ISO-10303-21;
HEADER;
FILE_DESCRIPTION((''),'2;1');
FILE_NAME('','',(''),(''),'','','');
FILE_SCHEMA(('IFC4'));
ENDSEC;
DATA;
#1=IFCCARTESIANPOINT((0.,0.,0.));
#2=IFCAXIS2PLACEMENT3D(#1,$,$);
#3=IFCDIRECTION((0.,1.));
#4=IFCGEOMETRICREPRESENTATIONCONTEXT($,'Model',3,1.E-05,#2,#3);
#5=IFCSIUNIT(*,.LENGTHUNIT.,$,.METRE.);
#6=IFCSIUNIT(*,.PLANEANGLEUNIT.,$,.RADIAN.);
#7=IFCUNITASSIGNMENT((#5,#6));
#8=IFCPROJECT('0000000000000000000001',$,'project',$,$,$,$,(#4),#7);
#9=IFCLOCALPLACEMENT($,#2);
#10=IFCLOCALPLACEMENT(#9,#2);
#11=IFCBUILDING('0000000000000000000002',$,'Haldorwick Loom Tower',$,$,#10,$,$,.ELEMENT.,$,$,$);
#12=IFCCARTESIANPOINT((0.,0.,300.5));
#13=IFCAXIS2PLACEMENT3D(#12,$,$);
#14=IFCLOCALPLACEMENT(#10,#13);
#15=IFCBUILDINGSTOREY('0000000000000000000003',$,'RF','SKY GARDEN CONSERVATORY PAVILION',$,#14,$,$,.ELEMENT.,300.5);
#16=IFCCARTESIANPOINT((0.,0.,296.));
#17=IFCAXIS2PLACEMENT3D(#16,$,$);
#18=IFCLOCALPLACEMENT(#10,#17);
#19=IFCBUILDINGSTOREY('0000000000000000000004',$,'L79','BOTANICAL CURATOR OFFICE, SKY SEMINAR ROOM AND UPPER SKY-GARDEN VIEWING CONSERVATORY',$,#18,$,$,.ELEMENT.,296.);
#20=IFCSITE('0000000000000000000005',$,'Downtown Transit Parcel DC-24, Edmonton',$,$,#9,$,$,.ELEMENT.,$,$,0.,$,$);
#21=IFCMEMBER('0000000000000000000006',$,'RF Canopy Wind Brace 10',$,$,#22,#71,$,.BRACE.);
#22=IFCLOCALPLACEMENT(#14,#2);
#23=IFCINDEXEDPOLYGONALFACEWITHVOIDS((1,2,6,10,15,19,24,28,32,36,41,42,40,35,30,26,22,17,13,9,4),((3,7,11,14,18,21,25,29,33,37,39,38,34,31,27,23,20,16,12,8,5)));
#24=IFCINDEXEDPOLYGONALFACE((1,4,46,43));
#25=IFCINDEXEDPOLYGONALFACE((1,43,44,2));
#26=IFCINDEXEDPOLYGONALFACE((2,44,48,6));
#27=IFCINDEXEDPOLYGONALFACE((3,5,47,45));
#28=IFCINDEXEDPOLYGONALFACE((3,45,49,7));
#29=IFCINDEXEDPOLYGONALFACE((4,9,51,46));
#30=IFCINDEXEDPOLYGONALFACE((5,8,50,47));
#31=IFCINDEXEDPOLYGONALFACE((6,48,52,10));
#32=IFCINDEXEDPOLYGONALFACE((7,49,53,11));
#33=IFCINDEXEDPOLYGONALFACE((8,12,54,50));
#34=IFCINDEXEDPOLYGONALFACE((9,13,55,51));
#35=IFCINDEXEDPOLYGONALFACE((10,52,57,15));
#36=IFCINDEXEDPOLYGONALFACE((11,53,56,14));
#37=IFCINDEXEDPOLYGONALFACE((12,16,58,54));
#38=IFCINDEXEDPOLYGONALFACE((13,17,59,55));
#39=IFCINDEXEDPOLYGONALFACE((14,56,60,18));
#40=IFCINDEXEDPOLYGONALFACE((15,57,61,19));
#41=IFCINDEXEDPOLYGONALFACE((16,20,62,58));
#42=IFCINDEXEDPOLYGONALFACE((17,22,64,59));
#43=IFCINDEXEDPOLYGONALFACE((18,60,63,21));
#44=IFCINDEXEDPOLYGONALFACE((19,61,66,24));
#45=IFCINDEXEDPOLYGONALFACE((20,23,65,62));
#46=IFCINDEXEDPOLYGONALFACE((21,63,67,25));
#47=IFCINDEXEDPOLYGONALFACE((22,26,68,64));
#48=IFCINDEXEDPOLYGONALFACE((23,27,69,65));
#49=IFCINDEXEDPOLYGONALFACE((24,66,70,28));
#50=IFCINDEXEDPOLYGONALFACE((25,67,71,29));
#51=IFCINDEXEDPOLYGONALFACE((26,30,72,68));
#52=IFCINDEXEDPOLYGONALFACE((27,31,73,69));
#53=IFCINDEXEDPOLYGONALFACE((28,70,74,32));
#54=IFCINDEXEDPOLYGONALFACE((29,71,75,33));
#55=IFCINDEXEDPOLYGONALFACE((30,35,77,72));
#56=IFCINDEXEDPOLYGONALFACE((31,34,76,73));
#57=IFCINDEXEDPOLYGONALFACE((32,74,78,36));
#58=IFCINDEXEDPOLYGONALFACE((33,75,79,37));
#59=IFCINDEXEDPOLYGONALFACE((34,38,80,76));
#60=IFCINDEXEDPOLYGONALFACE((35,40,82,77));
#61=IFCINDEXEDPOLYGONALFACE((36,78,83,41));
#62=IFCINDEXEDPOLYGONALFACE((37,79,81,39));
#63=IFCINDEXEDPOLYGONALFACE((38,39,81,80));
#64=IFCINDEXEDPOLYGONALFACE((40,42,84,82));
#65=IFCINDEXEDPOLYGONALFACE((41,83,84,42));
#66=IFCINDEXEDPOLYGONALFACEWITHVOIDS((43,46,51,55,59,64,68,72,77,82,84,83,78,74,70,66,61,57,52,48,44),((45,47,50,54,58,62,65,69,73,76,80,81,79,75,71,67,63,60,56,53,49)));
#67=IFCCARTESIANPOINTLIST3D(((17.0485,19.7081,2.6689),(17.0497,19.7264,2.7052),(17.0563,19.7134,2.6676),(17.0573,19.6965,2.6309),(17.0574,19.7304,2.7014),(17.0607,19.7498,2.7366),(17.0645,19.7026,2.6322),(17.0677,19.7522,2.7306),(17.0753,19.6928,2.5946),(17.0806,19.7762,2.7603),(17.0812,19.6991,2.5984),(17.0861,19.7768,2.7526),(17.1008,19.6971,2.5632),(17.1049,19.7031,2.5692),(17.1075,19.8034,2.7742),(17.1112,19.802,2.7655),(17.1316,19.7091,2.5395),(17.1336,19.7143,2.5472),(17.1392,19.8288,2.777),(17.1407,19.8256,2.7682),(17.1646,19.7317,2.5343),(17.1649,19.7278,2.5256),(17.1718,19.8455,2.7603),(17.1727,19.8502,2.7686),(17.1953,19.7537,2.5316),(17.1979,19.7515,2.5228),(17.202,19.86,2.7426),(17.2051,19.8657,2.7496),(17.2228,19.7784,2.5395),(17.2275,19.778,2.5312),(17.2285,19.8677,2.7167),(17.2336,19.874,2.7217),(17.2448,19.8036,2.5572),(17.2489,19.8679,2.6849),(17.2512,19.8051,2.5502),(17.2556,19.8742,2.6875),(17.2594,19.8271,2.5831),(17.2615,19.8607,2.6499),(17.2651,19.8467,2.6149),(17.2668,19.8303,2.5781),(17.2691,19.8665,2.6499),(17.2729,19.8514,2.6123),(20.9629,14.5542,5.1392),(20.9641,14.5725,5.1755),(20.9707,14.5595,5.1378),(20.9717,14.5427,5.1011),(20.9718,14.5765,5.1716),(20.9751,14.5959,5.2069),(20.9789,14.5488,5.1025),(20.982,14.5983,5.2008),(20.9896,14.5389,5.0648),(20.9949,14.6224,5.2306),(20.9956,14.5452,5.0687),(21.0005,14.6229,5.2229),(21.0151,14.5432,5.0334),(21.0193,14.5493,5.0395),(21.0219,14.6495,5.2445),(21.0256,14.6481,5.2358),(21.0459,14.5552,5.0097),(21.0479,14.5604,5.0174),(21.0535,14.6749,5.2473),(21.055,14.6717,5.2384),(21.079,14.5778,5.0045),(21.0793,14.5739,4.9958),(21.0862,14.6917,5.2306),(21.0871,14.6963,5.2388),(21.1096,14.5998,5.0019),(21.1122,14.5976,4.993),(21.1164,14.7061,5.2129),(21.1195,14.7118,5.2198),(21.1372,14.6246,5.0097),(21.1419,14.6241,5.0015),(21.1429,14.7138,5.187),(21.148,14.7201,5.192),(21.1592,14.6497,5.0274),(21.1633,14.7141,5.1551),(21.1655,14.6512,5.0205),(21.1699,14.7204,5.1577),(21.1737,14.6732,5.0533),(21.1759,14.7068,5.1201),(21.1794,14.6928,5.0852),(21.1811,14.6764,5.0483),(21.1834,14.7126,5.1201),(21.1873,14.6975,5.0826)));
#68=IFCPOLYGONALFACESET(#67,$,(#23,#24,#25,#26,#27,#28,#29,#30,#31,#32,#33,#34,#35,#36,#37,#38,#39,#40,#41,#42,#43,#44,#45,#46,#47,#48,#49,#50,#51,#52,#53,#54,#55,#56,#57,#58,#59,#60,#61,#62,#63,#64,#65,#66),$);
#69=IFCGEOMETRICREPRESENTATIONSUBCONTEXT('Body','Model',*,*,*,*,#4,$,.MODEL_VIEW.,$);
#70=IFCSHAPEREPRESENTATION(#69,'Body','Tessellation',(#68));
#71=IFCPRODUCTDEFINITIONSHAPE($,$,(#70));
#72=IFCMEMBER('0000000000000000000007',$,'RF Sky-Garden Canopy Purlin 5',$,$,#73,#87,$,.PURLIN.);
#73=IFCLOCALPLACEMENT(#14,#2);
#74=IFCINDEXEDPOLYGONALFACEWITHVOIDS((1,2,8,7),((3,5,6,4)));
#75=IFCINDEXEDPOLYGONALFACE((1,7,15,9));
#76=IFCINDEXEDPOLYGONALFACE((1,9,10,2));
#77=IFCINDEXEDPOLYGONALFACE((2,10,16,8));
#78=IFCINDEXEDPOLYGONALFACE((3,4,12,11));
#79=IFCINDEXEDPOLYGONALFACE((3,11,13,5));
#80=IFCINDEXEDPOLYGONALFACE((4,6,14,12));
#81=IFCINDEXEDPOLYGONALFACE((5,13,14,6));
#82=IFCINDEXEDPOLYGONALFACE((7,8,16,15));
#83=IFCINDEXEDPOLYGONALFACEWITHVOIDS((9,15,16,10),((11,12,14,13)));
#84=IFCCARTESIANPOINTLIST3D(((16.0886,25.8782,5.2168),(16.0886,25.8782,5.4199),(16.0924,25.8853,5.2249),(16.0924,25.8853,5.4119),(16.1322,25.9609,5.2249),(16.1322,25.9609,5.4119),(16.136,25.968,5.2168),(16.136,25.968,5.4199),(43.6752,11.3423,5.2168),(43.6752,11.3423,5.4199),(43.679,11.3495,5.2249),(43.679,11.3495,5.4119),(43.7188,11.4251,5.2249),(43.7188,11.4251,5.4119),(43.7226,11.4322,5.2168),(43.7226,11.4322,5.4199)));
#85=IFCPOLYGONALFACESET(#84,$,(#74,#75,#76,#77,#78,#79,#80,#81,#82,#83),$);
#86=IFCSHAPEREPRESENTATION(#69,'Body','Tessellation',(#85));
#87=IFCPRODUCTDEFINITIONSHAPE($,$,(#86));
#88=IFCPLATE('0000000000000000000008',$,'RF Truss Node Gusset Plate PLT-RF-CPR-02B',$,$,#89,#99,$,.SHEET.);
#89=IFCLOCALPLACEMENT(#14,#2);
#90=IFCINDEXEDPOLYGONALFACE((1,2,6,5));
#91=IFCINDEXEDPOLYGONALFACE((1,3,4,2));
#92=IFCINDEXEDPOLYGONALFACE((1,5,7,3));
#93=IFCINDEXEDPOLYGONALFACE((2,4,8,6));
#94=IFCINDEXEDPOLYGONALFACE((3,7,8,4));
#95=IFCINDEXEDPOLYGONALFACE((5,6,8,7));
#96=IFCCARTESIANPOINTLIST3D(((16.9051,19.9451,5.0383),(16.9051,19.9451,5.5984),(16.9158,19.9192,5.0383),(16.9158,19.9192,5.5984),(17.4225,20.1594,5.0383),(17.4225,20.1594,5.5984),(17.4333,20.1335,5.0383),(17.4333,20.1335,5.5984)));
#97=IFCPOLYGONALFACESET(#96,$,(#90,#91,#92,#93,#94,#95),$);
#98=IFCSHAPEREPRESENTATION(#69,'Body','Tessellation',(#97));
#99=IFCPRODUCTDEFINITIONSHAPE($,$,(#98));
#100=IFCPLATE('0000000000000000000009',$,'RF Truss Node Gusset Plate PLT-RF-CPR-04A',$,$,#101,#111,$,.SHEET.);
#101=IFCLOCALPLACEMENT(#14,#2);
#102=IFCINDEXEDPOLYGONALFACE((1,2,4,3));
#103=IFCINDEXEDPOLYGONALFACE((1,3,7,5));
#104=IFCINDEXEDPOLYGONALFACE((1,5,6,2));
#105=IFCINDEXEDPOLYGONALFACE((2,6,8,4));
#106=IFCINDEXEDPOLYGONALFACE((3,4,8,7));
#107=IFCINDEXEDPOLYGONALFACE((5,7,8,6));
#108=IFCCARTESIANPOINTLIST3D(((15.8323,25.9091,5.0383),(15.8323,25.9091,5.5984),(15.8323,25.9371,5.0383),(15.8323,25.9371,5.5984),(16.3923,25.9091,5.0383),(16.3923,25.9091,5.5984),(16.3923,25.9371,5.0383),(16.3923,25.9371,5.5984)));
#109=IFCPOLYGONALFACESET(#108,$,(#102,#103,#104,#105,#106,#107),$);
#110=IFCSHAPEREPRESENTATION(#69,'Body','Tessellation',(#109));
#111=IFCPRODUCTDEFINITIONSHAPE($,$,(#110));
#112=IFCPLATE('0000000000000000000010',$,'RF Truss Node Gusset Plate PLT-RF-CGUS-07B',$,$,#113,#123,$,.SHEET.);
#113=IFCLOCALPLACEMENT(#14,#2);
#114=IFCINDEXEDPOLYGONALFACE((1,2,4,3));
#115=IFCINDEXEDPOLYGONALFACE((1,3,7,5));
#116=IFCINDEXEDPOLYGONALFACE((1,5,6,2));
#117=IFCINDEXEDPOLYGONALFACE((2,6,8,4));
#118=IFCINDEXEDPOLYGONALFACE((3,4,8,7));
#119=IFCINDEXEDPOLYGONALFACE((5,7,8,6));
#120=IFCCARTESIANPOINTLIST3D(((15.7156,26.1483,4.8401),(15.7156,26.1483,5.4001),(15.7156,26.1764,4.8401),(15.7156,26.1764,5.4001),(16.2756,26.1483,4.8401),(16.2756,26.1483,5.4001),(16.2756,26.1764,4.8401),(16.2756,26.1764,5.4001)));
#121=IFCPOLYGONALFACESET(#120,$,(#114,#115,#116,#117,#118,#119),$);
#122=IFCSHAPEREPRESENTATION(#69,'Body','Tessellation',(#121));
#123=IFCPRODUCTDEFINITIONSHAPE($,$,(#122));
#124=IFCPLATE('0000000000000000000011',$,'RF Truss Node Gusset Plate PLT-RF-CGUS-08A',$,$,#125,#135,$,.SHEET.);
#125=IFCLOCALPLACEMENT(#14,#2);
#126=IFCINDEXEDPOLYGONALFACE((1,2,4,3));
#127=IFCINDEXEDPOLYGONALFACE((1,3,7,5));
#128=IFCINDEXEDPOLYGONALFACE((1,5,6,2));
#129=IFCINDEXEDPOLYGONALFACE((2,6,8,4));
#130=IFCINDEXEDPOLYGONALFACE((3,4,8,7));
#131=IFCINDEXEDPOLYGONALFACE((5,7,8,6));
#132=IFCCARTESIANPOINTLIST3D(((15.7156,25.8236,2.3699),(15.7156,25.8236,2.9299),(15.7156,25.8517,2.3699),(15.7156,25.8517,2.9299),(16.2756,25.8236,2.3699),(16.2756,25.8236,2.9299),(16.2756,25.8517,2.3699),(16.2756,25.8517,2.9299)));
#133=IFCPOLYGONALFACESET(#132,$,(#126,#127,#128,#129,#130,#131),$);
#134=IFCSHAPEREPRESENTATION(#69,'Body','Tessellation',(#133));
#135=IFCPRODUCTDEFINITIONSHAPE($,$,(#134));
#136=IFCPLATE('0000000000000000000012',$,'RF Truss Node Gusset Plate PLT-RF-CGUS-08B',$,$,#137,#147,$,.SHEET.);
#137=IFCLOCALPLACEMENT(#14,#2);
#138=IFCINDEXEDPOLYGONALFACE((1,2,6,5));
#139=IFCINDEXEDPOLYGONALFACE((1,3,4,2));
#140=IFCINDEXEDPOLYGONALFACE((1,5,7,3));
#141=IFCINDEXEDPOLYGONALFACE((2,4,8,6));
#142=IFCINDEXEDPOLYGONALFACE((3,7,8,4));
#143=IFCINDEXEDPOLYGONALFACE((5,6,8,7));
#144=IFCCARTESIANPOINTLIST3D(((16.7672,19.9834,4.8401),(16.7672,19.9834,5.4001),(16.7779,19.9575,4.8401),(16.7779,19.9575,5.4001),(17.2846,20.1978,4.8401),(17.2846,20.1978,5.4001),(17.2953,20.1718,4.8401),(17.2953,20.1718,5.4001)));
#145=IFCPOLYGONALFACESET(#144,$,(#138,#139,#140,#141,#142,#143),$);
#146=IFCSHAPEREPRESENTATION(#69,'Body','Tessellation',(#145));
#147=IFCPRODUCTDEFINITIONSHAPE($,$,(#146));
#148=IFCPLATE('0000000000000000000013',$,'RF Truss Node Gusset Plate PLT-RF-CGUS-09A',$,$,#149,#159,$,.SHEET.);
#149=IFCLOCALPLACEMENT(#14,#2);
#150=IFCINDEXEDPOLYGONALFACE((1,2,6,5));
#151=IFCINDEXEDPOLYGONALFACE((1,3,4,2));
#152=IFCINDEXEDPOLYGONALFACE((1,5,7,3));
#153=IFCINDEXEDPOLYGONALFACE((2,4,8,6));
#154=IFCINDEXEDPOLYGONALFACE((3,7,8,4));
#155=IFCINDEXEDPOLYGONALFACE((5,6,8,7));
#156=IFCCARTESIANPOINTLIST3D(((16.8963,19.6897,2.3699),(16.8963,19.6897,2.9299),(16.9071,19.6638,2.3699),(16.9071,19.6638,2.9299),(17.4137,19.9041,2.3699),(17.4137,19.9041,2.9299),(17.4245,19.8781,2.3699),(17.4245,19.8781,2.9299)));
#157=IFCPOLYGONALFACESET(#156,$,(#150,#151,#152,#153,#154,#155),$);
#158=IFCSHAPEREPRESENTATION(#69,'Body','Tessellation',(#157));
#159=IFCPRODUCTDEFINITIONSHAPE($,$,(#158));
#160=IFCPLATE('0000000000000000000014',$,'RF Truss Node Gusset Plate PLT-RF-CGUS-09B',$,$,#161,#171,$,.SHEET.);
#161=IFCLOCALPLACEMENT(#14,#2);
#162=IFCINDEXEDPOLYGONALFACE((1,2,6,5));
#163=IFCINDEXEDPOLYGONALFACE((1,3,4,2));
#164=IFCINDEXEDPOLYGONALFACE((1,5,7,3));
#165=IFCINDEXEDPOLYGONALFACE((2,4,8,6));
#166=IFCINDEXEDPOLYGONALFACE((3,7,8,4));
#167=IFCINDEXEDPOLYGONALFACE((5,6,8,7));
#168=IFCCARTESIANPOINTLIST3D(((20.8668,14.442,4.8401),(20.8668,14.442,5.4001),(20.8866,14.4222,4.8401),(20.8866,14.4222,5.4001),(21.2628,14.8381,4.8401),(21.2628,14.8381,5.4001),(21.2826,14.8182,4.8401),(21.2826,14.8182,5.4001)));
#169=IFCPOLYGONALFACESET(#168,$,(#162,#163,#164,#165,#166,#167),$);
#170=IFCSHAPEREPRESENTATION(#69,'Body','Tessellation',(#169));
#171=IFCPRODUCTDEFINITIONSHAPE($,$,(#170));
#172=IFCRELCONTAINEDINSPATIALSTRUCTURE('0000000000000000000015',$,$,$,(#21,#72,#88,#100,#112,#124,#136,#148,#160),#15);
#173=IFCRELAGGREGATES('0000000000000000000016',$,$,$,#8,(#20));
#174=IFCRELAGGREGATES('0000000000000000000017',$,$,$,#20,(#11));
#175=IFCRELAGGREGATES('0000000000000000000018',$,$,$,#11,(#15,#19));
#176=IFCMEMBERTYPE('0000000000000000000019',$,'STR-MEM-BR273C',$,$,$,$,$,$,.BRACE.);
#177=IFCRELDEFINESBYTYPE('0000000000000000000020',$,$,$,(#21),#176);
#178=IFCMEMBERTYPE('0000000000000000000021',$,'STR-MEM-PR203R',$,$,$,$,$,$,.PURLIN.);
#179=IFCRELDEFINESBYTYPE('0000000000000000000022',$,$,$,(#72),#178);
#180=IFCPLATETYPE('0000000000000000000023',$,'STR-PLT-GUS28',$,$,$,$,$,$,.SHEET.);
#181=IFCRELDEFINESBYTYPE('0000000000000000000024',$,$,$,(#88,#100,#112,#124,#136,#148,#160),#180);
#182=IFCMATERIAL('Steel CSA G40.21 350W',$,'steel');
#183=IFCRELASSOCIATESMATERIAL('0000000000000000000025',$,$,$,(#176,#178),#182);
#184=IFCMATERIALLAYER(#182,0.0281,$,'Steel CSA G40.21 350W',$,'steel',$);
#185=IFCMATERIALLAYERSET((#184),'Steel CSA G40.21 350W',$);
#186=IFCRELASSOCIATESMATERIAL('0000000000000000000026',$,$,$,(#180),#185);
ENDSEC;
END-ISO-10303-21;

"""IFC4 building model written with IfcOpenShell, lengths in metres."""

from ifc_helpers import new_model, si_unit, direction, frame, origin, origin_2d, place, context, subcontext, project, spatial, rectangle, hollow_rectangle, hollow_circle, extrude, material, layer, layer_set, material_profile, profile_set, type_object, element, save


model = new_model("IFC4")

# Units and contexts
model_context = context("Model", 3, precision=1e-05, world=origin(), true_north=direction((0.0, 1.0)))
body_context = subcontext(model_context, "Body", "Model", "MODEL_VIEW")
ifc_project = project(units=[si_unit("LENGTHUNIT", "METRE"), si_unit("PLANEANGLEUNIT", "RADIAN")], contexts=[model_context])

# Site, building, storey
site_placement = place(None, origin())
site = spatial("IfcSite", under=ifc_project, at=site_placement, Name="Downtown Transit Parcel DC-24, Edmonton", CompositionType="ELEMENT", RefElevation=0.0)
building_placement = place(site_placement, origin())
building = spatial("IfcBuilding", under=site, at=building_placement, Name="Haldorwick Loom Tower", CompositionType="ELEMENT")
storey_1_placement = place(building_placement, frame((0.0, 0.0, 300.5)))
storey_1 = spatial("IfcBuildingStorey", under=building, at=storey_1_placement, Name="RF", Description="SKY GARDEN CONSERVATORY PAVILION", CompositionType="ELEMENT", Elevation=300.5)

# Shared definitions
ifc_material_1 = material(Name="Steel CSA G40.21 350W", Category="steel")

# Members
ifc_material_profile_1 = material_profile(ifc_material_1, hollow_circle(Radius=0.1365, WallThickness=0.0095, at=origin_2d()), Name="HSS273X10", Category="steel")
ifc_profile_set_1 = profile_set([ifc_material_profile_1], Name="Steel CSA G40.21 350W")
member_type_1 = type_object("IfcMemberType", Name="STR-MEM-BR273C", PredefinedType="BRACE", material=ifc_profile_set_1)
member_1_placement = place(storey_1_placement, frame((17.1604, 19.7839, 2.6499), z_axis=(0.565067, -0.744001, 0.356599), x_axis=(0.796355, 0.60483, 0.0)))
element("IfcMember", 1, at=member_1_placement, inside=storey_1, type_object=member_type_1, Name="RF Canopy Wind Brace 10", PredefinedType="BRACE", context=body_context, shape_type="SweptSolid", body=[
    extrude(hollow_circle(Radius=0.1365, WallThickness=0.0095, at=origin_2d()), origin(), (0.0, 0.0, 1.0), 6.9272),
])
ifc_material_profile_2 = material_profile(ifc_material_1, hollow_rectangle(XDim=0.1016, YDim=0.2031, WallThickness=0.0081, at=origin_2d()), Name="HSS203X102X8", Category="steel")
ifc_profile_set_2 = profile_set([ifc_material_profile_2], Name="Steel CSA G40.21 350W")
member_type_2 = type_object("IfcMemberType", Name="STR-MEM-PR203R", PredefinedType="PURLIN", material=ifc_profile_set_2)
member_2_placement = place(storey_1_placement, frame((16.1123, 25.9231, 5.3184), z_axis=(0.884699, -0.466163, 0.0), x_axis=(0.466163, 0.884699, 0.0)))
element("IfcMember", 2, at=member_2_placement, inside=storey_1, type_object=member_type_2, Name="RF Sky-Garden Canopy Purlin 5", PredefinedType="PURLIN", context=body_context, shape_type="SweptSolid", body=[
    extrude(hollow_rectangle(XDim=0.1016, YDim=0.2031, WallThickness=0.0081, at=origin_2d()), origin(), (0.0, 0.0, 1.0), 31.1819),
])

# Plates
ifc_layer_1 = layer(ifc_material_1, 0.0281, Name="Steel CSA G40.21 350W", Category="steel")
ifc_layer_set_1 = layer_set([ifc_layer_1], Name="Steel CSA G40.21 350W")
plate_type = type_object("IfcPlateType", Name="STR-PLT-GUS28", PredefinedType="SHEET", material=ifc_layer_set_1)
for number, where, z_axis, x_axis, name in (
    (3, (17.1692, 20.0393, 5.0383), (0.0, 0.0, 1.0), (-0.92388, -0.382683, 0.0), "RF Truss Node Gusset Plate PLT-RF-CPR-02B"),
    (4, (16.1123, 25.9231, 5.0383), (0.0, 0.0, 1.0), (-1.0, 0.0, 0.0), "RF Truss Node Gusset Plate PLT-RF-CPR-04A"),
    (5, (15.9956, 26.1624, 4.8401), (0.0, 0.0, 1.0), (-1.0, 0.0, 0.0), "RF Truss Node Gusset Plate PLT-RF-CGUS-07B"),
    (6, (15.9956, 25.8376, 2.3699), (0.0, 0.0, 1.0), (-1.0, 0.0, 0.0), "RF Truss Node Gusset Plate PLT-RF-CGUS-08A"),
    (7, (17.0312, 20.0776, 4.8401), (0.0, 0.0, 1.0), (-0.92388, -0.382683, 0.0), "RF Truss Node Gusset Plate PLT-RF-CGUS-08B"),
    (8, (17.1604, 19.7839, 2.3699), (0.0, 0.0, 1.0), (-0.92388, -0.382683, 0.0), "RF Truss Node Gusset Plate PLT-RF-CGUS-09A"),
    (9, (21.0747, 14.6301, 4.8401), (0.0, 0.0, 1.0), (-0.707107, -0.707107, 0.0), "RF Truss Node Gusset Plate PLT-RF-CGUS-09B"),
):
    element("IfcPlate", number, at=place(storey_1_placement, frame(where, z_axis=z_axis, x_axis=x_axis)), inside=storey_1, type_object=plate_type, Name=name, PredefinedType="SHEET", context=body_context, shape_type="SweptSolid", body=[
        extrude(rectangle(XDim=0.5601, YDim=0.0281, at=origin_2d()), origin(), (0.0, 0.0, 1.0), 0.5601),
    ])

# Shared definitions
storey_2_placement = place(building_placement, frame((0.0, 0.0, 296.0)))
storey_2 = spatial("IfcBuildingStorey", under=building, at=storey_2_placement, Name="L79", Description="BOTANICAL CURATOR OFFICE, SKY SEMINAR ROOM AND UPPER SKY-GARDEN VIEWING CONSERVATORY", CompositionType="ELEMENT", Elevation=296.0)

save(model, "model.ifc")
